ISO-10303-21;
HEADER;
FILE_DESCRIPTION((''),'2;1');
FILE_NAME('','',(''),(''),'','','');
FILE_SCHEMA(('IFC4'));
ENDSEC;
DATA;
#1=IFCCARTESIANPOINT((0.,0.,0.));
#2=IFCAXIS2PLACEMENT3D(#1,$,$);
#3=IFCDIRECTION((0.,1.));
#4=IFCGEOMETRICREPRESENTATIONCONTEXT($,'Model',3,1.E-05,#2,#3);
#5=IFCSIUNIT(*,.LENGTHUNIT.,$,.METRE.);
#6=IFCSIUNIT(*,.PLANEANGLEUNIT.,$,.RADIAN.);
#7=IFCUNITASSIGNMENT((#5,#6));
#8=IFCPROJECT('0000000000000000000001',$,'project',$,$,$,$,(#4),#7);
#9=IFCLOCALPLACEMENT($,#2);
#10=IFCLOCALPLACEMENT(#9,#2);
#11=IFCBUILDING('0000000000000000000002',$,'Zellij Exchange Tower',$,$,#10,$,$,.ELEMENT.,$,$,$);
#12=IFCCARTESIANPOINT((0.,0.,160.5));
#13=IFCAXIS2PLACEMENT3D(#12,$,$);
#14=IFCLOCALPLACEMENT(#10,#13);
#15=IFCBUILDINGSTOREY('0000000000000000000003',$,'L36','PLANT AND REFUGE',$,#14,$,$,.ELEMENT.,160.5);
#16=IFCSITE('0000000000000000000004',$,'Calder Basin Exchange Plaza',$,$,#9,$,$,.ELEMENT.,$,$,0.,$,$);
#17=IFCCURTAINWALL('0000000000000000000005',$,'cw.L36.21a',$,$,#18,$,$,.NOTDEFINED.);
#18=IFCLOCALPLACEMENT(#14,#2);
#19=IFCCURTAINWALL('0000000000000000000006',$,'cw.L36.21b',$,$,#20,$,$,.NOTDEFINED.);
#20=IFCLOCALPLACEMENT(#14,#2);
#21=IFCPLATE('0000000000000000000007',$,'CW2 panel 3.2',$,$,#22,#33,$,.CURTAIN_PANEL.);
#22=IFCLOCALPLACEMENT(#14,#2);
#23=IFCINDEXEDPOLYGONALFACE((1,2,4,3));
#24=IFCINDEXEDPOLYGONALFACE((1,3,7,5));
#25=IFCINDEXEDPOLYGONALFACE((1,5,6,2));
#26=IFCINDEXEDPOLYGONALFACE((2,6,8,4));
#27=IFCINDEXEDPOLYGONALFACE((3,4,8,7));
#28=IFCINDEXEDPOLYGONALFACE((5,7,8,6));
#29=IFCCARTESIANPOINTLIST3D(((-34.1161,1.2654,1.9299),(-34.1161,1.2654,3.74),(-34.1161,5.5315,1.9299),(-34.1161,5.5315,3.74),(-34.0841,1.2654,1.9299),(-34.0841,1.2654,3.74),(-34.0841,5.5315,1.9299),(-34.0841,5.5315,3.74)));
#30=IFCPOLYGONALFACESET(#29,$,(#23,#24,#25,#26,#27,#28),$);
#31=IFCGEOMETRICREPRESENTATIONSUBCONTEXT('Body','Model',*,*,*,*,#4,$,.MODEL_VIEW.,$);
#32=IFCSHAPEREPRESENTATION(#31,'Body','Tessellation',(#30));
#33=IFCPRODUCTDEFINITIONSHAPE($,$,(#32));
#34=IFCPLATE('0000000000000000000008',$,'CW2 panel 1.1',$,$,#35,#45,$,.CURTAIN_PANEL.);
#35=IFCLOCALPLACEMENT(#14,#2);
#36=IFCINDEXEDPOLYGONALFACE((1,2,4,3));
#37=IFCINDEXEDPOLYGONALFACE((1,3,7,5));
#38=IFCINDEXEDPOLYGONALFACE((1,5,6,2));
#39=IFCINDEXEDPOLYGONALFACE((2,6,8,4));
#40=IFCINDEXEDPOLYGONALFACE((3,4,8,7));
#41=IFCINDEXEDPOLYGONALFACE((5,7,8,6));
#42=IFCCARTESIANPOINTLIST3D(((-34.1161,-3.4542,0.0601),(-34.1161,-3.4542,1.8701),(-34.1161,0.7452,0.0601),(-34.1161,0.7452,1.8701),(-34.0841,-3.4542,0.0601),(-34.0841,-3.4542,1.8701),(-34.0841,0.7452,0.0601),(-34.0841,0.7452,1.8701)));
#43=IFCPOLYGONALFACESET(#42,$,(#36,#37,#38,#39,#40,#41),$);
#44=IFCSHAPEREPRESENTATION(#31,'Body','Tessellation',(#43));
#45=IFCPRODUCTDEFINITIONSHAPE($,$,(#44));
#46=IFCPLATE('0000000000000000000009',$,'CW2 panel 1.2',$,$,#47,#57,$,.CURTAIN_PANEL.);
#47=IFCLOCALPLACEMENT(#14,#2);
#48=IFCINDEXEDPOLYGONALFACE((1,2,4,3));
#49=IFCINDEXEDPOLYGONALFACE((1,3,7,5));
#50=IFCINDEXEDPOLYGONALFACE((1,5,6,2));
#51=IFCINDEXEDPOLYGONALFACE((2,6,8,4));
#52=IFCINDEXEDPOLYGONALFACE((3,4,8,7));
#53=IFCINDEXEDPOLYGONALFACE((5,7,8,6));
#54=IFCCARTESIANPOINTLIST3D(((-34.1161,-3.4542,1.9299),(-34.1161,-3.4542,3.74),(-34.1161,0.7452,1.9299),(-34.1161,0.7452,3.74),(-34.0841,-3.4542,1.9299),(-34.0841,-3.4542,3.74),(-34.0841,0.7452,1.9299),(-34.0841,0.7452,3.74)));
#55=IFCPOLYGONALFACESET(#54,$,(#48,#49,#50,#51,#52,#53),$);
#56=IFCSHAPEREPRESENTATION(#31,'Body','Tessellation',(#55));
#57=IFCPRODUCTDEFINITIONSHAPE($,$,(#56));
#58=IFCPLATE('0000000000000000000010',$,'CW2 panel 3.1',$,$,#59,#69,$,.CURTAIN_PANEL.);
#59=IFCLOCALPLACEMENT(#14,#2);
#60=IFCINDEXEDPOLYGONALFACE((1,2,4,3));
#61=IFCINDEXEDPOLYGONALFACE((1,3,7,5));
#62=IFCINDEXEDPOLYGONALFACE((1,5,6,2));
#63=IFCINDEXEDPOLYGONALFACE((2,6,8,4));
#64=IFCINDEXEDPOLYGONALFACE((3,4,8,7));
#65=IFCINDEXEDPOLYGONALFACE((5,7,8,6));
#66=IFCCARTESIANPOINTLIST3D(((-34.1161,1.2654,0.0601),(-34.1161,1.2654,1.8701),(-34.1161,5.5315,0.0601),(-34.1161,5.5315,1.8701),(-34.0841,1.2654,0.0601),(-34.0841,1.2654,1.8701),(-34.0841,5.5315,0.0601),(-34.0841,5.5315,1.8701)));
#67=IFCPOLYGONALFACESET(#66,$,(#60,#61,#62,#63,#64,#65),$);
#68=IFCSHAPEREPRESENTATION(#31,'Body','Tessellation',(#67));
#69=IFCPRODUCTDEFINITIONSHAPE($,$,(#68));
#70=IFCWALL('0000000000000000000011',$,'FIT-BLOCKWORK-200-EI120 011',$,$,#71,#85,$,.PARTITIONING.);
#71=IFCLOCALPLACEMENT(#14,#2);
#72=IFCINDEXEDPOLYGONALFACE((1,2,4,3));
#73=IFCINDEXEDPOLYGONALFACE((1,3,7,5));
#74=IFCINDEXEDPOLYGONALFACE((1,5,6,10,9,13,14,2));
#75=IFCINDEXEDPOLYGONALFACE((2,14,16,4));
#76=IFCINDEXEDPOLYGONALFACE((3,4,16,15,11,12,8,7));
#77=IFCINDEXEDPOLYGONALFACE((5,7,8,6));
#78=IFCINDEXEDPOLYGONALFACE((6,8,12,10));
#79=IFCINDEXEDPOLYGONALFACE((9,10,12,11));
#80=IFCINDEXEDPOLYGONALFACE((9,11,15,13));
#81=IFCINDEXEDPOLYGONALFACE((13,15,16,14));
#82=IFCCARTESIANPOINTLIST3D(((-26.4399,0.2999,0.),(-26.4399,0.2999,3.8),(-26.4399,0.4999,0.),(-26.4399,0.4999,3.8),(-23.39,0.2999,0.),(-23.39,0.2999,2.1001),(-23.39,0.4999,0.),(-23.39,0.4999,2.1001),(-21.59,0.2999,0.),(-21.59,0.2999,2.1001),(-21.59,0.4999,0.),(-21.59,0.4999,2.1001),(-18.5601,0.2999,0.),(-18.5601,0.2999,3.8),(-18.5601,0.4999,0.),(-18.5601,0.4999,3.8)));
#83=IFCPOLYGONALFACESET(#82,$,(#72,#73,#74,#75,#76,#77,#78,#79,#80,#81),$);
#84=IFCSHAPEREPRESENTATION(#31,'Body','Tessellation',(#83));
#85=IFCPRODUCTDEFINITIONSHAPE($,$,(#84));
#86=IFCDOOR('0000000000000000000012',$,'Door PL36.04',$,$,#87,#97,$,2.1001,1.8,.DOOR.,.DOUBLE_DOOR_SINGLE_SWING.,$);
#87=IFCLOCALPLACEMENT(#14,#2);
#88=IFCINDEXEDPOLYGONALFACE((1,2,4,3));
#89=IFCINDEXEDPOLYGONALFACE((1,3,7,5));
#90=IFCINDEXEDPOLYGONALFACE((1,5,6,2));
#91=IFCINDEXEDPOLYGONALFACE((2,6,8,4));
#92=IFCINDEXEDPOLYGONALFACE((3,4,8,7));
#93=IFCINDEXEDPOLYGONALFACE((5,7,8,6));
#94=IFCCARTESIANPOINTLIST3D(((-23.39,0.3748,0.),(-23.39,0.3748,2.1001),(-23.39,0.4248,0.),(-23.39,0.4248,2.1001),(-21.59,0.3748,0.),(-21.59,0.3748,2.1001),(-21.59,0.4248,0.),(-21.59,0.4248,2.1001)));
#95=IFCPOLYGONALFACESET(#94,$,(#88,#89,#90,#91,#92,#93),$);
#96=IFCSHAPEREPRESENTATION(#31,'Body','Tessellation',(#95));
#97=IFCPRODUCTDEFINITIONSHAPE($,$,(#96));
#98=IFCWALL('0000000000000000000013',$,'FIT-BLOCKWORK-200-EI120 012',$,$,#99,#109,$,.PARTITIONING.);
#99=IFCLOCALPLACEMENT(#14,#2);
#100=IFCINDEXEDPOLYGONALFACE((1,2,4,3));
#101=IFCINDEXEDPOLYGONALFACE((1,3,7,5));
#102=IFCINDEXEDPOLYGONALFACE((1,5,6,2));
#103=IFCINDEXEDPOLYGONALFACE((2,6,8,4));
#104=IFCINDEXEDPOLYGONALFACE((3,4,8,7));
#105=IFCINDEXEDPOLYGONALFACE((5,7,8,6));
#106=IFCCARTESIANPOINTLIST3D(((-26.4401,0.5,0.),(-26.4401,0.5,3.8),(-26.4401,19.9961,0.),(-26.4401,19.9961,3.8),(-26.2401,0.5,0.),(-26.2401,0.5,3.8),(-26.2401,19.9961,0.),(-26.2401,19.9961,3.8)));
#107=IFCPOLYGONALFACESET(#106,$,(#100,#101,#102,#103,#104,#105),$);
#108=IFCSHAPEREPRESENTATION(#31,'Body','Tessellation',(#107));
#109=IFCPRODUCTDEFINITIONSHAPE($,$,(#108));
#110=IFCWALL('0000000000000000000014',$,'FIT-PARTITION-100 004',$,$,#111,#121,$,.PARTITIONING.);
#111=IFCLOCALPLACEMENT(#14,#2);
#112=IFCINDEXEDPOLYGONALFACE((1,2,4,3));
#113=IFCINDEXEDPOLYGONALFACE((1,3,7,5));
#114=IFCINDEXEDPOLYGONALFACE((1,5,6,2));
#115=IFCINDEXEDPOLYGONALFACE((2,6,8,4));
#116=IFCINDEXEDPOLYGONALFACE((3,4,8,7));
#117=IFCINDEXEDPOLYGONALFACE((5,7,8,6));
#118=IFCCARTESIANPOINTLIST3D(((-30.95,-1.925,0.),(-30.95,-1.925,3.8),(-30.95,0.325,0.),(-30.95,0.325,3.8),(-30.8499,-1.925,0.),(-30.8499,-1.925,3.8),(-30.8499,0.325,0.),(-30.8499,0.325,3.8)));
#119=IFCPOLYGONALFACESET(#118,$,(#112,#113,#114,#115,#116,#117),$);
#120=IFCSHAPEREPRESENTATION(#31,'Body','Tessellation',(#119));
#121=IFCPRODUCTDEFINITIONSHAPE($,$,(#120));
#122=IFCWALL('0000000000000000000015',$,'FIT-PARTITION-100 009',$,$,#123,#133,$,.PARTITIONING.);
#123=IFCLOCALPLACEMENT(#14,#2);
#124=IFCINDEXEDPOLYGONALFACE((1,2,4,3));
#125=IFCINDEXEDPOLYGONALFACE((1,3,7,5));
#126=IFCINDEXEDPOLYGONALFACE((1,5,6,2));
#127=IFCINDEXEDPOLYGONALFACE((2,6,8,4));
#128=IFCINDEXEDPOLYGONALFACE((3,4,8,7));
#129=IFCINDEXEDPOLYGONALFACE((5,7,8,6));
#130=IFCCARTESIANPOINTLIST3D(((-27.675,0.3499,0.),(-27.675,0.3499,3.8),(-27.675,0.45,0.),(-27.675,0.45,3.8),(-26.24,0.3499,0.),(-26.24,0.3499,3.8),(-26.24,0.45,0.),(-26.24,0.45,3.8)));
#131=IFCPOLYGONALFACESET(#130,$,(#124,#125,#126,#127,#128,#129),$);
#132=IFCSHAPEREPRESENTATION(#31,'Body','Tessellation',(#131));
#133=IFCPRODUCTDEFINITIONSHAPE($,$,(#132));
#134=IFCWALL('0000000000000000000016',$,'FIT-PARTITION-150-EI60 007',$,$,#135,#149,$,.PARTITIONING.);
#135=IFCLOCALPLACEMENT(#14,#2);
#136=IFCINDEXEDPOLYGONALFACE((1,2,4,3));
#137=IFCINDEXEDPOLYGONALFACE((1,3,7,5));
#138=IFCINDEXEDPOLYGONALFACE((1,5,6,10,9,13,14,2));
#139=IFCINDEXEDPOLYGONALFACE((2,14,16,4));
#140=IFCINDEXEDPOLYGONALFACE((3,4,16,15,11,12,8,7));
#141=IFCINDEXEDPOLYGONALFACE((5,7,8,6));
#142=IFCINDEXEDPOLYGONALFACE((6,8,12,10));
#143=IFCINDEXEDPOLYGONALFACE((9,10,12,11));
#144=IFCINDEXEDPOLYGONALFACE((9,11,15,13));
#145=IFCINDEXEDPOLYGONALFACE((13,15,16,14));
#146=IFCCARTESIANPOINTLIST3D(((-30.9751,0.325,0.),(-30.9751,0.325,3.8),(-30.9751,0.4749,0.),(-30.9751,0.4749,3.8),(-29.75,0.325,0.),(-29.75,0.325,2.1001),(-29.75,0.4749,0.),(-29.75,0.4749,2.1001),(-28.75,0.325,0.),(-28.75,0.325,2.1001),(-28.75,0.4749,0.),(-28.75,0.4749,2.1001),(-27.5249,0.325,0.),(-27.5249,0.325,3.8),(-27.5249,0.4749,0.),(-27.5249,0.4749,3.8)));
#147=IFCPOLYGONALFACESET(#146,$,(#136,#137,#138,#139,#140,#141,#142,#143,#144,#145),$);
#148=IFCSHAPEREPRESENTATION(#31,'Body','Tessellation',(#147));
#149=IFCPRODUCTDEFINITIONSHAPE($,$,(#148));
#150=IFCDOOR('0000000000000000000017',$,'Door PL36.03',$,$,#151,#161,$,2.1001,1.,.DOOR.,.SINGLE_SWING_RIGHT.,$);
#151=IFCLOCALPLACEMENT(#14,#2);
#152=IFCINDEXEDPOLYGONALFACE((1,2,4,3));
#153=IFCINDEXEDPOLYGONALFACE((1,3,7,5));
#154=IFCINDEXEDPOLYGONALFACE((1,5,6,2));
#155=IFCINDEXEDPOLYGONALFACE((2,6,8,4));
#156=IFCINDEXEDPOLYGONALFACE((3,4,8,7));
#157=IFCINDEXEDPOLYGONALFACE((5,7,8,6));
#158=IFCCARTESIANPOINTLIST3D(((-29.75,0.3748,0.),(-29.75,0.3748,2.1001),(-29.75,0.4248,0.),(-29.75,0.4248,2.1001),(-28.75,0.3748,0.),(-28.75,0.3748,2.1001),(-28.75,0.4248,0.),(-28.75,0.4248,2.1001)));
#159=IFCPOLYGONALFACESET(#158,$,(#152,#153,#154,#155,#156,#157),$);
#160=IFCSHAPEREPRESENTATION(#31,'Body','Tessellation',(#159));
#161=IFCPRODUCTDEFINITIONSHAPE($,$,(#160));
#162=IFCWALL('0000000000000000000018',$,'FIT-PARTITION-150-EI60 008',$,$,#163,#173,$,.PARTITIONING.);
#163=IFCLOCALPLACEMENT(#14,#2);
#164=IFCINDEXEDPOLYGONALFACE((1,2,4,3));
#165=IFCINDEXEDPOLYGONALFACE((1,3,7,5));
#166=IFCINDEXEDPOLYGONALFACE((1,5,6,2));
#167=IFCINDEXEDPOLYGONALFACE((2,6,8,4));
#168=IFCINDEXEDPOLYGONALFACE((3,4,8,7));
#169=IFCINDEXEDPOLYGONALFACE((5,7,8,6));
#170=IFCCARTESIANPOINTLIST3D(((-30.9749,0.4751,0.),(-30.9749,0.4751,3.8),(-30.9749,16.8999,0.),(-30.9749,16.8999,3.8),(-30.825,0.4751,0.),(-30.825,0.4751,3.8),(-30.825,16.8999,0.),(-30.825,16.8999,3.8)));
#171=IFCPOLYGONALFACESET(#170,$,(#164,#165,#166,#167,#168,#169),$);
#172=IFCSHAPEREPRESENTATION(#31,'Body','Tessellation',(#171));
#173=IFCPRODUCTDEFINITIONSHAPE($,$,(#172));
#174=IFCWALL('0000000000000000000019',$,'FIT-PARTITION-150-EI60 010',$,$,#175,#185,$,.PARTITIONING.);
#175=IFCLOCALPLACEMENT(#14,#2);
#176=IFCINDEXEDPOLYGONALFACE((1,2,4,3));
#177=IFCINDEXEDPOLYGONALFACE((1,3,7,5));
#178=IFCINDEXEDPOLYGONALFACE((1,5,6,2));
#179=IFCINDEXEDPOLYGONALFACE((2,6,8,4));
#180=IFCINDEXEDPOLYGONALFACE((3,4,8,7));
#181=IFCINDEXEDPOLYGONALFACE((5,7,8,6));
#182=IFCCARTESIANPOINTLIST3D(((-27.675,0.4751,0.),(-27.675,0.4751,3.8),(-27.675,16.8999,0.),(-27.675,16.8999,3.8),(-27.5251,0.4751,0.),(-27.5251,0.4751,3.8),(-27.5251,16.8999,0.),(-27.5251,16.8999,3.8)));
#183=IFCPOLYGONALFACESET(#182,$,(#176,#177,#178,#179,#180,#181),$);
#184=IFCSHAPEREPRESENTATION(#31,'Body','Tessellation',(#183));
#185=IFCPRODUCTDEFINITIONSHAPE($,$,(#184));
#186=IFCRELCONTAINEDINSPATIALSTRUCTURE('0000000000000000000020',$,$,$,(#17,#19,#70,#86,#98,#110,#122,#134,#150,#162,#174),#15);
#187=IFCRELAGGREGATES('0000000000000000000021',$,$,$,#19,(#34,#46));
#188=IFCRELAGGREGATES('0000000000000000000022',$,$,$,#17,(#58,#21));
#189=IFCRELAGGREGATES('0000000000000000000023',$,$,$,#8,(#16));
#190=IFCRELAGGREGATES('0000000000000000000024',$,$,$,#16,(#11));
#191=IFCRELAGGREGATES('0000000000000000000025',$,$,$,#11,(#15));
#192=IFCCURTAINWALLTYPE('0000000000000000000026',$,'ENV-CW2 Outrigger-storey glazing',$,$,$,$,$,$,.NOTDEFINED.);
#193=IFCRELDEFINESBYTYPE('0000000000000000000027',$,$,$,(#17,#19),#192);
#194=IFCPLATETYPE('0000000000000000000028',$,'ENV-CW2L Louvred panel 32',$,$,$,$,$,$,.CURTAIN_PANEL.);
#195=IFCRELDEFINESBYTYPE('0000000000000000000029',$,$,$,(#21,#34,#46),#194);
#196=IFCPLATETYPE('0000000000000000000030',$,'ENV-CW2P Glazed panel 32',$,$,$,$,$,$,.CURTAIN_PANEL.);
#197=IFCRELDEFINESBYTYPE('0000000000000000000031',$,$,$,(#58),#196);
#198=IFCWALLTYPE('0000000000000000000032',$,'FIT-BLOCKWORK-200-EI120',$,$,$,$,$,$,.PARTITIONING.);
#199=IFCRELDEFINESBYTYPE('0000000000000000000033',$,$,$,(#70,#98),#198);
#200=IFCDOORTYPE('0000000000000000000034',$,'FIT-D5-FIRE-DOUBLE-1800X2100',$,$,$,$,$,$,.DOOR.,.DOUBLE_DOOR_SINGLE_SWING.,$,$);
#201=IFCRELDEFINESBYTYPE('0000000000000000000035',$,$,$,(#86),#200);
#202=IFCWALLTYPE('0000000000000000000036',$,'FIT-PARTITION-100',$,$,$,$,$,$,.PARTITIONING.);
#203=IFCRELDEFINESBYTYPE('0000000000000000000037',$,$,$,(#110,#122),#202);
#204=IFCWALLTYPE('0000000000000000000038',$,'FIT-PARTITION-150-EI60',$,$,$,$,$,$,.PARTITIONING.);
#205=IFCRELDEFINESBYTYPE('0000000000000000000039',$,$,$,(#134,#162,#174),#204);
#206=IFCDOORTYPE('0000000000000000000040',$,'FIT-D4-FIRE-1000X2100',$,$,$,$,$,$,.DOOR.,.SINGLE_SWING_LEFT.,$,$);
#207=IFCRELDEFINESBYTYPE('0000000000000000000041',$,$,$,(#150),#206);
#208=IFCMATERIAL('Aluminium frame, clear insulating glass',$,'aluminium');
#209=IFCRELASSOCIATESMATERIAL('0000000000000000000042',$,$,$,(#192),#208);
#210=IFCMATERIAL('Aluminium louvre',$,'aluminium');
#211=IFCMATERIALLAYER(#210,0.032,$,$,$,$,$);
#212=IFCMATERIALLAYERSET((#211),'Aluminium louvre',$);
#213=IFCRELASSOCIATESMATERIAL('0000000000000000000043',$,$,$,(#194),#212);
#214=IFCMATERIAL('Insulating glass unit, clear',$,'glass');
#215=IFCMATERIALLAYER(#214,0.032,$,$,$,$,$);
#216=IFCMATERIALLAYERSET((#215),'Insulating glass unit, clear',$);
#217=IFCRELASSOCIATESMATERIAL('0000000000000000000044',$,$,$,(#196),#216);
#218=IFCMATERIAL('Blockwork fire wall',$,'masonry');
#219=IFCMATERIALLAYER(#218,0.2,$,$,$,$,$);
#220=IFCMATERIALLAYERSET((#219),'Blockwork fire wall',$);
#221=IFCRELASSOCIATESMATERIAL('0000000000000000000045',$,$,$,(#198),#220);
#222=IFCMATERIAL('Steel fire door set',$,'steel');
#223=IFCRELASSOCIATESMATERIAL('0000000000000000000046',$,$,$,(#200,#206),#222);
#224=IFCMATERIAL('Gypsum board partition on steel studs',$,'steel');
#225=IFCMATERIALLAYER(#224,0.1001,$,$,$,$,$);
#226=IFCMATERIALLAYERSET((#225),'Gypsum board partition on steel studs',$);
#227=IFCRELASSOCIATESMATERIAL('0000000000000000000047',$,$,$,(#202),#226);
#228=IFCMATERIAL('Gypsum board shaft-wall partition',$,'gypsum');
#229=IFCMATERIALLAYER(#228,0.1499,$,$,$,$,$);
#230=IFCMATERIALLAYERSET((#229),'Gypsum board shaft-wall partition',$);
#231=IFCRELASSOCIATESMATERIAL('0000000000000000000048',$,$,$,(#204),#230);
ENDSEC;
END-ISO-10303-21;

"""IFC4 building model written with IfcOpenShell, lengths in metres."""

from ifc_helpers import new_model, si_unit, direction, frame, frame_2d, origin, origin_2d, place, context, subcontext, project, spatial, rectangle, extrude, material, layer, layer_set, type_object, element, fill, aggregate, save


model = new_model("IFC4")

# Units and contexts
model_context = context("Model", 3, precision=1e-05, world=origin(), true_north=direction((0.0, 1.0)))
body_context = subcontext(model_context, "Body", "Model", "MODEL_VIEW")
ifc_project = project(units=[si_unit("LENGTHUNIT", "METRE"), si_unit("PLANEANGLEUNIT", "RADIAN")], contexts=[model_context])

# Site, building, storey
site_placement = place(None, origin())
site = spatial("IfcSite", under=ifc_project, at=site_placement, Name="Calder Basin Exchange Plaza", CompositionType="ELEMENT", RefElevation=0.0)
building_placement = place(site_placement, origin())
building = spatial("IfcBuilding", under=site, at=building_placement, Name="Zellij Exchange Tower", CompositionType="ELEMENT")
storey_placement = place(building_placement, frame((0.0, 0.0, 160.5)))
storey = spatial("IfcBuildingStorey", under=building, at=storey_placement, Name="L36", Description="PLANT AND REFUGE", CompositionType="ELEMENT", Elevation=160.5)

# Curtain wall
ifc_material_1 = material(Name="Aluminium frame, clear insulating glass", Category="aluminium")
curtain_wall_type = type_object("IfcCurtainWallType", Name="ENV-CW2 Outrigger-storey glazing", PredefinedType="NOTDEFINED", material=ifc_material_1)
curtain_wall_1_placement = place(storey_placement, origin())
curtain_wall_1 = element("IfcCurtainWall", 1, at=curtain_wall_1_placement, inside=storey, type_object=curtain_wall_type, Name="cw.L36.21a", PredefinedType="NOTDEFINED")

# Curtain wall
curtain_wall_2_placement = place(storey_placement, origin())
curtain_wall_2 = element("IfcCurtainWall", 2, at=curtain_wall_2_placement, inside=storey, type_object=curtain_wall_type, Name="cw.L36.21b", PredefinedType="NOTDEFINED")

# Plates
ifc_material_2 = material(Name="Aluminium louvre", Category="aluminium")
ifc_layer_1 = layer(ifc_material_2, 0.032)
ifc_layer_set_1 = layer_set([ifc_layer_1], Name="Aluminium louvre")
plate_type_1 = type_object("IfcPlateType", Name="ENV-CW2L Louvred panel 32", PredefinedType="CURTAIN_PANEL", material=ifc_layer_set_1)
plate_1_placement = place(storey_placement, frame((-34.1001, 3.3984, 1.9299), z_axis=(0.0, 0.0, 1.0), x_axis=(0.0, -1.0, 0.0)))
plate_1 = element("IfcPlate", 3, at=plate_1_placement, type_object=plate_type_1, Name="CW2 panel 3.2", PredefinedType="CURTAIN_PANEL", context=body_context, shape_type="SweptSolid", body=[
    extrude(rectangle(XDim=4.2661, YDim=0.032, at=origin_2d()), origin(), (0.0, 0.0, 1.0), 1.8101),
])
plate_2_placement = place(storey_placement, frame((-34.1001, -1.3545, 0.0601), z_axis=(0.0, 0.0, 1.0), x_axis=(0.0, -1.0, 0.0)))
plate_2 = element("IfcPlate", 4, at=plate_2_placement, type_object=plate_type_1, Name="CW2 panel 1.1", PredefinedType="CURTAIN_PANEL", context=body_context, shape_type="SweptSolid", body=[
    extrude(rectangle(XDim=4.1995, YDim=0.032, at=origin_2d()), origin(), (0.0, 0.0, 1.0), 1.8101),
])
plate_3_placement = place(storey_placement, frame((-34.1001, -1.3545, 1.9299), z_axis=(0.0, 0.0, 1.0), x_axis=(0.0, -1.0, 0.0)))
plate_3 = element("IfcPlate", 5, at=plate_3_placement, type_object=plate_type_1, Name="CW2 panel 1.2", PredefinedType="CURTAIN_PANEL", context=body_context, shape_type="SweptSolid", body=[
    extrude(rectangle(XDim=4.1995, YDim=0.032, at=origin_2d()), origin(), (0.0, 0.0, 1.0), 1.8101),
])
aggregate(curtain_wall_2, [plate_2, plate_3])
ifc_material_3 = material(Name="Insulating glass unit, clear", Category="glass")
ifc_layer_2 = layer(ifc_material_3, 0.032)
ifc_layer_set_2 = layer_set([ifc_layer_2], Name="Insulating glass unit, clear")
plate_type_2 = type_object("IfcPlateType", Name="ENV-CW2P Glazed panel 32", PredefinedType="CURTAIN_PANEL", material=ifc_layer_set_2)
plate_4_placement = place(storey_placement, frame((-34.1001, 3.3984, 0.0601), z_axis=(0.0, 0.0, 1.0), x_axis=(0.0, -1.0, 0.0)))
plate_4 = element("IfcPlate", 6, at=plate_4_placement, type_object=plate_type_2, Name="CW2 panel 3.1", PredefinedType="CURTAIN_PANEL", context=body_context, shape_type="SweptSolid", body=[
    extrude(rectangle(XDim=4.2661, YDim=0.032, at=origin_2d()), origin(), (0.0, 0.0, 1.0), 1.8101),
])
aggregate(curtain_wall_1, [plate_4, plate_1])

# Wall, opening, door
ifc_material_4 = material(Name="Blockwork fire wall", Category="masonry")
ifc_layer_3 = layer(ifc_material_4, 0.2)
ifc_layer_set_3 = layer_set([ifc_layer_3], Name="Blockwork fire wall")
wall_type_1 = type_object("IfcWallType", Name="FIT-BLOCKWORK-200-EI120", PredefinedType="PARTITIONING", material=ifc_layer_set_3)
wall_1_placement = place(storey_placement, frame((-26.4399, 0.3999, 0.0), z_axis=(0.0, 0.0, 1.0), x_axis=(1.0, 0.0, 0.0)))
wall_1 = element("IfcWall", 7, at=wall_1_placement, inside=storey, type_object=wall_type_1, Name="FIT-BLOCKWORK-200-EI120 011", PredefinedType="PARTITIONING", context=body_context, shape_type="SweptSolid", body=[
    extrude(rectangle(XDim=7.8799, YDim=0.2, at=frame_2d((3.9399, 0.0))), origin(), (0.0, 0.0, 1.0), 3.8),
])
opening_1_placement = place(wall_1_placement, frame((3.05, 0.0, 0.0)))
opening_1 = element("IfcOpeningElement", 8, at=opening_1_placement, cuts=wall_1, PredefinedType="OPENING", context=body_context, shape_type="SweptSolid", body=[
    extrude(rectangle(XDim=1.8, YDim=2.1001, at=frame_2d((0.8999, 1.05))), frame((0.0, 0.1118, 0.0), z_axis=(0.0, -1.0, 0.0), x_axis=(1.0, 0.0, 0.0)), (0.0, 0.0, 1.0), 0.2239),
])
ifc_material_5 = material(Name="Steel fire door set", Category="steel")
door_type_1 = type_object("IfcDoorType", Name="FIT-D5-FIRE-DOUBLE-1800X2100", OperationType="DOUBLE_DOOR_SINGLE_SWING", PredefinedType="DOOR", material=ifc_material_5)
door_1_placement = place(opening_1_placement, origin())
door_1 = element("IfcDoor", 9, at=door_1_placement, inside=storey, type_object=door_type_1, Name="Door PL36.04", OperationType="DOUBLE_DOOR_SINGLE_SWING", OverallHeight=2.1001, OverallWidth=1.8, PredefinedType="DOOR", context=body_context, shape_type="SweptSolid", body=[
    extrude(rectangle(XDim=1.8, YDim=2.1001, at=frame_2d((0.8999, 1.05))), frame((0.0, 0.0249, 0.0), z_axis=(0.0, -1.0, 0.0), x_axis=(1.0, 0.0, 0.0)), (0.0, 0.0, 1.0), 0.05),
])
fill(opening_1, door_1)

# Walls
wall_2_placement = place(storey_placement, frame((-26.3401, 0.5, 0.0), z_axis=(0.0, 0.0, 1.0), x_axis=(0.0, 1.0, 0.0)))
element("IfcWall", 10, at=wall_2_placement, inside=storey, type_object=wall_type_1, Name="FIT-BLOCKWORK-200-EI120 012", PredefinedType="PARTITIONING", context=body_context, shape_type="SweptSolid", body=[
    extrude(rectangle(XDim=19.4961, YDim=0.2, at=frame_2d((9.748, 0.0))), origin(), (0.0, 0.0, 1.0), 3.8),
])
ifc_material_6 = material(Name="Gypsum board partition on steel studs", Category="steel")
ifc_layer_4 = layer(ifc_material_6, 0.1001)
ifc_layer_set_4 = layer_set([ifc_layer_4], Name="Gypsum board partition on steel studs")
wall_type_2 = type_object("IfcWallType", Name="FIT-PARTITION-100", PredefinedType="PARTITIONING", material=ifc_layer_set_4)
wall_3_placement = place(storey_placement, frame((-30.8999, -1.925, 0.0), z_axis=(0.0, 0.0, 1.0), x_axis=(0.0, 1.0, 0.0)))
element("IfcWall", 11, at=wall_3_placement, inside=storey, type_object=wall_type_2, Name="FIT-PARTITION-100 004", PredefinedType="PARTITIONING", context=body_context, shape_type="SweptSolid", body=[
    extrude(rectangle(XDim=2.25, YDim=0.1001, at=frame_2d((1.125, 0.0))), origin(), (0.0, 0.0, 1.0), 3.8),
])
wall_4_placement = place(storey_placement, frame((-27.675, 0.3999, 0.0), z_axis=(0.0, 0.0, 1.0), x_axis=(1.0, 0.0, 0.0)))
element("IfcWall", 12, at=wall_4_placement, inside=storey, type_object=wall_type_2, Name="FIT-PARTITION-100 009", PredefinedType="PARTITIONING", context=body_context, shape_type="SweptSolid", body=[
    extrude(rectangle(XDim=1.4351, YDim=0.1001, at=frame_2d((0.7175, 0.0))), origin(), (0.0, 0.0, 1.0), 3.8),
])

# Wall, opening, door
ifc_material_7 = material(Name="Gypsum board shaft-wall partition", Category="gypsum")
ifc_layer_5 = layer(ifc_material_7, 0.1499)
ifc_layer_set_5 = layer_set([ifc_layer_5], Name="Gypsum board shaft-wall partition")
wall_type_3 = type_object("IfcWallType", Name="FIT-PARTITION-150-EI60", PredefinedType="PARTITIONING", material=ifc_layer_set_5)
wall_5_placement = place(storey_placement, frame((-30.9751, 0.3999, 0.0), z_axis=(0.0, 0.0, 1.0), x_axis=(1.0, 0.0, 0.0)))
wall_5 = element("IfcWall", 13, at=wall_5_placement, inside=storey, type_object=wall_type_3, Name="FIT-PARTITION-150-EI60 007", PredefinedType="PARTITIONING", context=body_context, shape_type="SweptSolid", body=[
    extrude(rectangle(XDim=3.4502, YDim=0.1499, at=frame_2d((1.7251, 0.0))), origin(), (0.0, 0.0, 1.0), 3.8),
])
opening_2_placement = place(wall_5_placement, frame((1.2251, 0.0, 0.0)))
opening_2 = element("IfcOpeningElement", 14, at=opening_2_placement, cuts=wall_5, PredefinedType="OPENING", context=body_context, shape_type="SweptSolid", body=[
    extrude(rectangle(XDim=1.0, YDim=2.1001, at=frame_2d((0.5, 1.05))), frame((0.0, 0.0869, 0.0), z_axis=(0.0, -1.0, 0.0), x_axis=(1.0, 0.0, 0.0)), (0.0, 0.0, 1.0), 0.1738),
])
door_type_2 = type_object("IfcDoorType", Name="FIT-D4-FIRE-1000X2100", OperationType="SINGLE_SWING_LEFT", PredefinedType="DOOR", material=ifc_material_5)
door_2_placement = place(opening_2_placement, origin())
door_2 = element("IfcDoor", 15, at=door_2_placement, inside=storey, type_object=door_type_2, Name="Door PL36.03", OperationType="SINGLE_SWING_RIGHT", OverallHeight=2.1001, OverallWidth=1.0, PredefinedType="DOOR", context=body_context, shape_type="SweptSolid", body=[
    extrude(rectangle(XDim=1.0, YDim=2.1001, at=frame_2d((0.5, 1.05))), frame((0.0, 0.0249, 0.0), z_axis=(0.0, -1.0, 0.0), x_axis=(1.0, 0.0, 0.0)), (0.0, 0.0, 1.0), 0.05),
])
fill(opening_2, door_2)

# Walls
for number, where, z_axis, x_axis, name in (
    (16, (-30.8999, 0.4751, 0.0), (0.0, 0.0, 1.0), (0.0, 1.0, 0.0), "FIT-PARTITION-150-EI60 008"),
    (17, (-27.6001, 0.4751, 0.0), (0.0, 0.0, 1.0), (0.0, 1.0, 0.0), "FIT-PARTITION-150-EI60 010"),
):
    element("IfcWall", number, at=place(storey_placement, frame(where, z_axis=z_axis, x_axis=x_axis)), inside=storey, type_object=wall_type_3, Name=name, PredefinedType="PARTITIONING", context=body_context, shape_type="SweptSolid", body=[
        extrude(rectangle(XDim=16.4248, YDim=0.1499, at=frame_2d((8.2124, 0.0))), origin(), (0.0, 0.0, 1.0), 3.8),
    ])

save(model, "model.ifc")
